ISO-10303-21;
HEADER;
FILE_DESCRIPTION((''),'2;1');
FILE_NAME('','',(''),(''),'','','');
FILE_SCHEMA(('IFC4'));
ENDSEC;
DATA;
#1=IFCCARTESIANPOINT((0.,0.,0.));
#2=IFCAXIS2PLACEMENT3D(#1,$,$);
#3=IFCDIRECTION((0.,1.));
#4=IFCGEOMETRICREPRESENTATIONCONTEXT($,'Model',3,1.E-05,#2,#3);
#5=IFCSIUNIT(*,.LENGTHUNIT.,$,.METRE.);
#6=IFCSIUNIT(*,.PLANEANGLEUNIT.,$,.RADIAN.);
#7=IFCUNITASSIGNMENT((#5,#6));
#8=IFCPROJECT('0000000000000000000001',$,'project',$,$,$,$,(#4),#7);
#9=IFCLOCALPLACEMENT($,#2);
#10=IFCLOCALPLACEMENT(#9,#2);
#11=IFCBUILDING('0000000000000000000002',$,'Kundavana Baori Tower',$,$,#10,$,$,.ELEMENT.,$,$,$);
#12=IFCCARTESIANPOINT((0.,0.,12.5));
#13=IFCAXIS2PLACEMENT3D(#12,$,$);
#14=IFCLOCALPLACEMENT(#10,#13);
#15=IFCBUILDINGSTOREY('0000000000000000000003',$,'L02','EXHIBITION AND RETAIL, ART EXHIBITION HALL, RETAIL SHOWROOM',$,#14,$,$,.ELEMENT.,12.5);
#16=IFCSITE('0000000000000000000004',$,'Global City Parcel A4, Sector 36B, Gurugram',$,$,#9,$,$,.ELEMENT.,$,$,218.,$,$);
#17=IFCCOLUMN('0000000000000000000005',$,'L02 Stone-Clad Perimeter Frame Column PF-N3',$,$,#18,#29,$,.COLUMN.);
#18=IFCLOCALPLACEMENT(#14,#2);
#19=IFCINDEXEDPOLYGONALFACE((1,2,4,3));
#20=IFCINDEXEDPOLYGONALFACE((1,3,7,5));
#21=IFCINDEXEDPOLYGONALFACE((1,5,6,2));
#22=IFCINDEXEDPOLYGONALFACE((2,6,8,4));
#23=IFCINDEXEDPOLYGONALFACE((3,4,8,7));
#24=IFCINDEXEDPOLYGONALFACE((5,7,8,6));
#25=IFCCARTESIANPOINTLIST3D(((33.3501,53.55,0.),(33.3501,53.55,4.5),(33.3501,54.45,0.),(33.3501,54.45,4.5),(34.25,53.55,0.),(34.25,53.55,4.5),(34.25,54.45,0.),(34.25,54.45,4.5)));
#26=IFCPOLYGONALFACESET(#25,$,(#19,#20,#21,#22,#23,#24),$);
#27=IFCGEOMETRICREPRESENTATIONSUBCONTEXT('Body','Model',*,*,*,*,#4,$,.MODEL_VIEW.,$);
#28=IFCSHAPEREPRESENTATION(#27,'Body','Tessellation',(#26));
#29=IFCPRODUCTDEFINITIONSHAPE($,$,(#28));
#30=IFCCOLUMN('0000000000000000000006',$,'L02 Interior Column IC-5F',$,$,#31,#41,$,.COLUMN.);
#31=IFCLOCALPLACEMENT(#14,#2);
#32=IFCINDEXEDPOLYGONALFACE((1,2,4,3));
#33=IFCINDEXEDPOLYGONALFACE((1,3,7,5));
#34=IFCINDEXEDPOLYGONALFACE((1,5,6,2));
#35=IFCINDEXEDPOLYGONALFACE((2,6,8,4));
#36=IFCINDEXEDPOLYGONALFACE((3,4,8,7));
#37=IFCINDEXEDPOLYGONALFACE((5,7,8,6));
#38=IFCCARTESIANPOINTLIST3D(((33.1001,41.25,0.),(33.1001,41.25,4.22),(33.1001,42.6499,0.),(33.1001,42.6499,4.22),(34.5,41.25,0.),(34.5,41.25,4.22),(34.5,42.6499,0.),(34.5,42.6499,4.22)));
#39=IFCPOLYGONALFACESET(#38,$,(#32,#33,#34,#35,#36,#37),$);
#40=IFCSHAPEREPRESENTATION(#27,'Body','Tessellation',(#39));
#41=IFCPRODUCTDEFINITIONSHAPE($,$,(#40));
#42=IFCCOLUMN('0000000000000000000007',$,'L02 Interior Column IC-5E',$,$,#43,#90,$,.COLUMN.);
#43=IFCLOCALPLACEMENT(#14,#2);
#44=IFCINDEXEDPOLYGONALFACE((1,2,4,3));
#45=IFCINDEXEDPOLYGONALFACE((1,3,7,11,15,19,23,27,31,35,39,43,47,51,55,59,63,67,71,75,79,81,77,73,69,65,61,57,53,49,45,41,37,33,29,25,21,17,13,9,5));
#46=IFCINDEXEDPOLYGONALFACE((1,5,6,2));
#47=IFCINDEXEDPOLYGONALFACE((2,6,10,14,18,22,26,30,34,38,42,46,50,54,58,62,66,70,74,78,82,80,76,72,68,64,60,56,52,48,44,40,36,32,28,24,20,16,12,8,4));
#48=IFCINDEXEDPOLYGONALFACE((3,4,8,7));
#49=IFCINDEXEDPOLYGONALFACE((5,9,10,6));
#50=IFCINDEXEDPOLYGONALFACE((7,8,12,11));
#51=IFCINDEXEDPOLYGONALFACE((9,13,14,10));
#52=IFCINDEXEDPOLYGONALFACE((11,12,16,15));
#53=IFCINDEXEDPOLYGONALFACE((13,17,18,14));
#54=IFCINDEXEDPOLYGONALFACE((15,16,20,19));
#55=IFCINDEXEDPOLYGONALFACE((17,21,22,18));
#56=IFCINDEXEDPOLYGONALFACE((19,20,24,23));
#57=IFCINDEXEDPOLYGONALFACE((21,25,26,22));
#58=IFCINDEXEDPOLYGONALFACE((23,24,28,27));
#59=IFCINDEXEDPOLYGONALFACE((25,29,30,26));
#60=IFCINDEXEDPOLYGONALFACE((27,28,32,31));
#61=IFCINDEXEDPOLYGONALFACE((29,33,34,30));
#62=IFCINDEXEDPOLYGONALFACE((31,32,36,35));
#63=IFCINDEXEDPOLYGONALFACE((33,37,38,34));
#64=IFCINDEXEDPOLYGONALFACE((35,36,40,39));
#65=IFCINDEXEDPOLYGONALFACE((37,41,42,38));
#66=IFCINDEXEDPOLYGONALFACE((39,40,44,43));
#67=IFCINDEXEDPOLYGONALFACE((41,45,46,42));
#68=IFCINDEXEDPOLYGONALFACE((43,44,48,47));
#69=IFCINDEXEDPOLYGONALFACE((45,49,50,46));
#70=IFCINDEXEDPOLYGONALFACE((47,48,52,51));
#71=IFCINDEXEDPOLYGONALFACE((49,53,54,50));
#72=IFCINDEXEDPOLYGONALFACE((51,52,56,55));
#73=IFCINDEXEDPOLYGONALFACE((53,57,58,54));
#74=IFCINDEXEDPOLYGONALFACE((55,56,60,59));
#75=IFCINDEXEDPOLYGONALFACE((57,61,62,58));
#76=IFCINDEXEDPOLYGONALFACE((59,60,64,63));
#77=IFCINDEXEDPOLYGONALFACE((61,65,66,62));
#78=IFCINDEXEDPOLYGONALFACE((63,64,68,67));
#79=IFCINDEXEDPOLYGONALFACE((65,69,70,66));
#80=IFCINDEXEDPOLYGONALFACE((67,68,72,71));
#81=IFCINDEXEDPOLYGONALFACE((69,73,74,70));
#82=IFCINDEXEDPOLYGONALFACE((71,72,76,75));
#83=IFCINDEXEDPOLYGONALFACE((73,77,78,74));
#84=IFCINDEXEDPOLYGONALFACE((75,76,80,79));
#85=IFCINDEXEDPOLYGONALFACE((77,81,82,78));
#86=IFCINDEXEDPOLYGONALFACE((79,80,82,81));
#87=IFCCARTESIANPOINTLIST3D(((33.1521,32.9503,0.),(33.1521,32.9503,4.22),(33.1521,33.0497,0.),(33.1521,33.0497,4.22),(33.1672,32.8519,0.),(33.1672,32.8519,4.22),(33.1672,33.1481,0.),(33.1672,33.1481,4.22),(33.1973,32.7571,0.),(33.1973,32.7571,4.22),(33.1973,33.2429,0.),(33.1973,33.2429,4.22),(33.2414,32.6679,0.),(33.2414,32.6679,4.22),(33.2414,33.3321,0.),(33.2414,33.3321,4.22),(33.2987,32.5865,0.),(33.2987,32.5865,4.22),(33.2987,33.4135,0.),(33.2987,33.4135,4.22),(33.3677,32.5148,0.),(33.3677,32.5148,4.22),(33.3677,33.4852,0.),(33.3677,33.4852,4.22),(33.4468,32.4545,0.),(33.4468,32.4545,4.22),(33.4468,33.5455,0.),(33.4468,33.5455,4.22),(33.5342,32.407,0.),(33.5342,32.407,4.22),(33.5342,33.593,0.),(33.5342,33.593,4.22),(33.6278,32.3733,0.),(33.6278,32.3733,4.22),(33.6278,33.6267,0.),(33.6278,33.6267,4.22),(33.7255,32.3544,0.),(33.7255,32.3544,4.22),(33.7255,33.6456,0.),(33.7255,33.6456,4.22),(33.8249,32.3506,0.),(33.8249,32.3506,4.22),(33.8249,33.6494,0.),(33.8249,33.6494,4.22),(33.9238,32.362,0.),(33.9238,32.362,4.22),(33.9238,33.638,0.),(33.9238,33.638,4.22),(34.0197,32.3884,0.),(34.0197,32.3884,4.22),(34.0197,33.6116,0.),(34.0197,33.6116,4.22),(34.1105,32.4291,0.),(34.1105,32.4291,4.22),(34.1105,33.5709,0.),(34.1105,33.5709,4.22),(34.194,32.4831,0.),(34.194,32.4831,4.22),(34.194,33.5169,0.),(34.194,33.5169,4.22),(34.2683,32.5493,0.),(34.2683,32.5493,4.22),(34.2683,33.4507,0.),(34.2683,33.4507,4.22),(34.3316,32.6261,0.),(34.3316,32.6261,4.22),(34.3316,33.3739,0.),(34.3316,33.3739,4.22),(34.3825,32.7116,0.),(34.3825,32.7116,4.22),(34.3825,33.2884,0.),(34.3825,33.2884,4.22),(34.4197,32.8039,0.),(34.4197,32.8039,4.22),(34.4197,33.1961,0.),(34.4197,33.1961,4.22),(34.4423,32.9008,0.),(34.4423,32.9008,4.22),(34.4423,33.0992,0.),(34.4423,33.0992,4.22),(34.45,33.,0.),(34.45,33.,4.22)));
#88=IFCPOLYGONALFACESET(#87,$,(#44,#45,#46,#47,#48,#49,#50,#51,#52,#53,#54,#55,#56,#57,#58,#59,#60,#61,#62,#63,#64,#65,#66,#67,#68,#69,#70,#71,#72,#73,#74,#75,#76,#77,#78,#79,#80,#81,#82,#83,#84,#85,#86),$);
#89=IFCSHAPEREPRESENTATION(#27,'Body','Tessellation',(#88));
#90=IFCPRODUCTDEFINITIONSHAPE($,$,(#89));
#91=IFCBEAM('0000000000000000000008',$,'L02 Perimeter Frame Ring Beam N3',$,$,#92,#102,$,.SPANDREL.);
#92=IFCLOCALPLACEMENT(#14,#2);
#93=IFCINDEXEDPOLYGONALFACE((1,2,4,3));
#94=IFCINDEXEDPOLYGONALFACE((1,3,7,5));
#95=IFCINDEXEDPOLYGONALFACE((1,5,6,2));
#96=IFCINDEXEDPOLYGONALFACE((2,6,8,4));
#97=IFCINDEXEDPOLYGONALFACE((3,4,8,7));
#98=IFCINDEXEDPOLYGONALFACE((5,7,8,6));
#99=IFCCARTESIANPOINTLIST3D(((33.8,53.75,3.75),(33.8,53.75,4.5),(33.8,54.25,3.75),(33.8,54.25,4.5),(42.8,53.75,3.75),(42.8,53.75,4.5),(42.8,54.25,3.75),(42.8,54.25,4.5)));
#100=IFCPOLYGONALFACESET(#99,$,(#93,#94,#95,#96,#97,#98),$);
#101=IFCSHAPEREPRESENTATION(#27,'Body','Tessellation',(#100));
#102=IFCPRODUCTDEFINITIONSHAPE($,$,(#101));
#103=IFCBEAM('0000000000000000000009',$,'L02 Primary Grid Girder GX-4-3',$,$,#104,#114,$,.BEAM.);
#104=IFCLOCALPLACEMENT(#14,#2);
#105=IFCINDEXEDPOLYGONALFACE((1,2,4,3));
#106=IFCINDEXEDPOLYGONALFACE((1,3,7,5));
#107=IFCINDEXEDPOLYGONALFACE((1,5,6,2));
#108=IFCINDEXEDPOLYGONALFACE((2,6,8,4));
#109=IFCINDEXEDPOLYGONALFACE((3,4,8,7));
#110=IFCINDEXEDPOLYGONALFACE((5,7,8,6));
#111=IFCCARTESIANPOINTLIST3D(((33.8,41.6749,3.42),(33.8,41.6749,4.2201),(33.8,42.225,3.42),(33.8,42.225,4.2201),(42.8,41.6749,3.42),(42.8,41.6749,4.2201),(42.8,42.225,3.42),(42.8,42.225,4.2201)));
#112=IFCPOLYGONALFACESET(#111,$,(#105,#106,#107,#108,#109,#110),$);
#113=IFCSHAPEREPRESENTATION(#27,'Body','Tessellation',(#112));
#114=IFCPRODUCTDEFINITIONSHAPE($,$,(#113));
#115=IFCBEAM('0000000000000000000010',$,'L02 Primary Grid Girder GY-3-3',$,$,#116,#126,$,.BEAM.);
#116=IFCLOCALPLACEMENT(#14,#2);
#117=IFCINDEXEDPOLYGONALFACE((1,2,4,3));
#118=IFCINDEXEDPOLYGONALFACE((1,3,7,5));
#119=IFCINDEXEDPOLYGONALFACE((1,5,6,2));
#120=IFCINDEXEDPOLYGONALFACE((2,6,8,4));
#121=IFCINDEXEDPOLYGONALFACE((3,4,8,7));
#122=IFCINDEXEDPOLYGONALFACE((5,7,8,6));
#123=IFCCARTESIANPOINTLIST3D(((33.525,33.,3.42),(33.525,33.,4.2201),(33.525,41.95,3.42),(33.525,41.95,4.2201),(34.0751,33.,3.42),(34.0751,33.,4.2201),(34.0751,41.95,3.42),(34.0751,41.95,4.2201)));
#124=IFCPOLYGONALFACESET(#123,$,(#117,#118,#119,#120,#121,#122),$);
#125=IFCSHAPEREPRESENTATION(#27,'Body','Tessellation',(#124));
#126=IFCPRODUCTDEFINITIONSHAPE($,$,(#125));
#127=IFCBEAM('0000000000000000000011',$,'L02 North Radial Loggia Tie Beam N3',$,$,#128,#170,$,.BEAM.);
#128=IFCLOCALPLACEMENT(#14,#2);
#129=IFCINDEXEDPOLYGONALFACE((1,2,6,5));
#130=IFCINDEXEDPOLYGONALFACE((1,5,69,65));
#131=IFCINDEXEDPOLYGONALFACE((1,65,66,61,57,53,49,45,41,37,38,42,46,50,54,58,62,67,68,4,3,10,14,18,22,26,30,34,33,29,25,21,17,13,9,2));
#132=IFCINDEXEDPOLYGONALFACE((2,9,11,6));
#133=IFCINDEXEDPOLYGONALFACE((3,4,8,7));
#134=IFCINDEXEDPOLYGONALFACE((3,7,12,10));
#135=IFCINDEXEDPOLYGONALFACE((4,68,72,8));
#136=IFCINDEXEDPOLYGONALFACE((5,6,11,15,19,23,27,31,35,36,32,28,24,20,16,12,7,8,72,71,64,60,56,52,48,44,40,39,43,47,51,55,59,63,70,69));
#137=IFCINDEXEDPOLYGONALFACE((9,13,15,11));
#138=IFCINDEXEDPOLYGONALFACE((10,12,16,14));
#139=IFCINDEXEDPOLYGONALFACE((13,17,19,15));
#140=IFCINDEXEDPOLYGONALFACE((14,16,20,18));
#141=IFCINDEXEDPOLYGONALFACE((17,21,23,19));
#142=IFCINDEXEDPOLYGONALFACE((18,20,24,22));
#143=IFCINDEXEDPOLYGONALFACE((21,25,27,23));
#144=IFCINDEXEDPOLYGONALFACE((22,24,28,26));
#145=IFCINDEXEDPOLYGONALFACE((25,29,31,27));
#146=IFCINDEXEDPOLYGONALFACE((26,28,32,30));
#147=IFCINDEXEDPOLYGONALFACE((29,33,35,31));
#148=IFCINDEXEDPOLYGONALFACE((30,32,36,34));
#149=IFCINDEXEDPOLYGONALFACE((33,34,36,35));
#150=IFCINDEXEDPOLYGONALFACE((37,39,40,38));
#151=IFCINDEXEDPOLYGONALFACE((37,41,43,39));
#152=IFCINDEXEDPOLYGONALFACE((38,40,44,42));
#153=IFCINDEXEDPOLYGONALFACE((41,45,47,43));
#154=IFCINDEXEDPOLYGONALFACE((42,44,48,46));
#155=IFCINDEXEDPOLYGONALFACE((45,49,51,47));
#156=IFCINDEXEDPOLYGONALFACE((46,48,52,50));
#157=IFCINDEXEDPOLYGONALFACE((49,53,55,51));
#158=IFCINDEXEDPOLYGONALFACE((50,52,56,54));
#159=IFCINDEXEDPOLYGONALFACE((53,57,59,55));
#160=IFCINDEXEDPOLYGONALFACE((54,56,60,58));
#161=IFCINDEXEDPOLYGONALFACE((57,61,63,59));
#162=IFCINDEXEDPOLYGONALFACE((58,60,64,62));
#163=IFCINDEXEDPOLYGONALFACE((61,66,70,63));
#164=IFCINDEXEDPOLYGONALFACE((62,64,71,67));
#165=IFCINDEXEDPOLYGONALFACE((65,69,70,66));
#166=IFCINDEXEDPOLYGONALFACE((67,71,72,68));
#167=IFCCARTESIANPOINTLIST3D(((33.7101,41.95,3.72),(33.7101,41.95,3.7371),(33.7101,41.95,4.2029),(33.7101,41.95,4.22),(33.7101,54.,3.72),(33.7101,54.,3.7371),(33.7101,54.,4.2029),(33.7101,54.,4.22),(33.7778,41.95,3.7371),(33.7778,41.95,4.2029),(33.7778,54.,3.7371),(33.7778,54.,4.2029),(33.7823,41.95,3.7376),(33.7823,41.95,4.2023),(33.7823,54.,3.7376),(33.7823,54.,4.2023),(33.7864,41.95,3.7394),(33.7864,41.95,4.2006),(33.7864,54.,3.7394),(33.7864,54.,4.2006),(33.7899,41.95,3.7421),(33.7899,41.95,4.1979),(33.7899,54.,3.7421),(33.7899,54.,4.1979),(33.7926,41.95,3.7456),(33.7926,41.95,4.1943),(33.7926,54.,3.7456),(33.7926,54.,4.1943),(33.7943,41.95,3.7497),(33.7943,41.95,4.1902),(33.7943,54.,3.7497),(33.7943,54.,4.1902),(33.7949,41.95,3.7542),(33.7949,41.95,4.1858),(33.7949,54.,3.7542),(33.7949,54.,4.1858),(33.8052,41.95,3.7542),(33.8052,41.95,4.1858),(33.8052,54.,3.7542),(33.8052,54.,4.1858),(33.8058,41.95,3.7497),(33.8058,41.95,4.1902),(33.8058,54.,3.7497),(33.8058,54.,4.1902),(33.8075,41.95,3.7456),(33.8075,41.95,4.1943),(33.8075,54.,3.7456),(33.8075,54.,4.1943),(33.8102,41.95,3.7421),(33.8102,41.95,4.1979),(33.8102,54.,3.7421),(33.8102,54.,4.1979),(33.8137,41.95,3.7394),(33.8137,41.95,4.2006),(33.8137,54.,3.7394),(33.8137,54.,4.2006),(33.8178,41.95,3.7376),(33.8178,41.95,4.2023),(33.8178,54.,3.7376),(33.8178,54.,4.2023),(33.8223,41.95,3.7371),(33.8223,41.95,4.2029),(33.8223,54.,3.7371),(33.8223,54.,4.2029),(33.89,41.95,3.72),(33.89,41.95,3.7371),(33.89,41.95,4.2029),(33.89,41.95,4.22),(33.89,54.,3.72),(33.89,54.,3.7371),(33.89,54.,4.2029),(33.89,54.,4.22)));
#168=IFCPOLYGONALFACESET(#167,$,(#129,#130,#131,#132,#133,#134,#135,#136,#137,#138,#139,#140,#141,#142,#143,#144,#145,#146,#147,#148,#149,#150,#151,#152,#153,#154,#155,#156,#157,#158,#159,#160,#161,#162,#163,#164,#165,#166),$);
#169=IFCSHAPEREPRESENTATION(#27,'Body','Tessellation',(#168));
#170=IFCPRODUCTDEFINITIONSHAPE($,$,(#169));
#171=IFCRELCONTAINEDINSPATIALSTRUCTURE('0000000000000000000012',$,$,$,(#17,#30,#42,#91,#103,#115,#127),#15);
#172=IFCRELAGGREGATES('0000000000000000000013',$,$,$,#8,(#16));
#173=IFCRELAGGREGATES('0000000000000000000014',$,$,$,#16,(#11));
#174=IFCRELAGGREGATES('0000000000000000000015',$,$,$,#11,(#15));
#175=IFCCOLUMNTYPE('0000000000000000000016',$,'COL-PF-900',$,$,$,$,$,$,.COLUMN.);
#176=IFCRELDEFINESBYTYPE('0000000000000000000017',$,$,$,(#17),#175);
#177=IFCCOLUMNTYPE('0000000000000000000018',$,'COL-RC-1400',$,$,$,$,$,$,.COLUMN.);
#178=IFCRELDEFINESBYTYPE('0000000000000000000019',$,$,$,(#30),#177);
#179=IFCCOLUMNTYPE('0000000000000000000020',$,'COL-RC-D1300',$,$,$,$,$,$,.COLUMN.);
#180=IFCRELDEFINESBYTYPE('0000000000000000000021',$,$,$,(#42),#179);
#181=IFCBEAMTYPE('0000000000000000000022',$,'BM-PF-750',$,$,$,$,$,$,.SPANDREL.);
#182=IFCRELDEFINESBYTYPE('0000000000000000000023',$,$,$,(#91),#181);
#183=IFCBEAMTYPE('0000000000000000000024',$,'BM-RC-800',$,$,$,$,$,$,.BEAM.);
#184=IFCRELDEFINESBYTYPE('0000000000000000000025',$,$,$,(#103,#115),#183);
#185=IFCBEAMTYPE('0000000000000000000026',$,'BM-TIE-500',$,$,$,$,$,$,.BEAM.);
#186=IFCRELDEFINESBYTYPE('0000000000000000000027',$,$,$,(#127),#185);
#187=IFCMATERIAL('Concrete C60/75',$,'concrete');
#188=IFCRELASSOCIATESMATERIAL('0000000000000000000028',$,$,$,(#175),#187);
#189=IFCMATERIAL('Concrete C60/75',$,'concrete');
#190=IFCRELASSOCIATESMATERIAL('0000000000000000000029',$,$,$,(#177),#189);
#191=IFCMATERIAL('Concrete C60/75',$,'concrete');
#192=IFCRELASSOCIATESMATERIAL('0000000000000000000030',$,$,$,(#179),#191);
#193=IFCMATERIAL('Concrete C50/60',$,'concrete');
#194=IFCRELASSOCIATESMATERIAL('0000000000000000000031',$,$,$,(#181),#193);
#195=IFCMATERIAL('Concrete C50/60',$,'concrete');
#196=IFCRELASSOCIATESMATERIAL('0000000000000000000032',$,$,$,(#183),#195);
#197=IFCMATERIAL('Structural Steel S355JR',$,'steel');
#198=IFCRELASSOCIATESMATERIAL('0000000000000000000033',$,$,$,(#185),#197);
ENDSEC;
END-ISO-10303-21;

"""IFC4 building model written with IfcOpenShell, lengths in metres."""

from ifc_helpers import new_model, si_unit, direction, frame, origin, origin_2d, place, context, subcontext, project, spatial, rectangle, circle, i_section, extrude, material, material_profile, profile_set, type_object, element, save


model = new_model("IFC4")

# Units and contexts
model_context = context("Model", 3, precision=1e-05, world=origin(), true_north=direction((0.0, 1.0)))
body_context = subcontext(model_context, "Body", "Model", "MODEL_VIEW")
ifc_project = project(units=[si_unit("LENGTHUNIT", "METRE"), si_unit("PLANEANGLEUNIT", "RADIAN")], contexts=[model_context])

# Site, building, storey
site_placement = place(None, origin())
site = spatial("IfcSite", under=ifc_project, at=site_placement, Name="Global City Parcel A4, Sector 36B, Gurugram", CompositionType="ELEMENT", RefElevation=218.0)
building_placement = place(site_placement, origin())
building = spatial("IfcBuilding", under=site, at=building_placement, Name="Kundavana Baori Tower", CompositionType="ELEMENT")
storey_placement = place(building_placement, frame((0.0, 0.0, 12.5)))
storey = spatial("IfcBuildingStorey", under=building, at=storey_placement, Name="L02", Description="EXHIBITION AND RETAIL, ART EXHIBITION HALL, RETAIL SHOWROOM", CompositionType="ELEMENT", Elevation=12.5)

# Columns
ifc_material_1 = material(Name="Concrete C60/75", Category="concrete")
ifc_material_profile_1 = material_profile(ifc_material_1, rectangle(XDim=0.8999, YDim=0.8999, at=origin_2d()), Name="RC PF 900x900")
ifc_profile_set_1 = profile_set([ifc_material_profile_1], Name="Concrete C60/75")
column_type_1 = type_object("IfcColumnType", Name="COL-PF-900", PredefinedType="COLUMN", material=ifc_profile_set_1)
column_1_placement = place(storey_placement, frame((33.8, 54.0, 0.0), z_axis=(0.0, 0.0, 1.0), x_axis=(1.0, 0.0, 0.0)))
element("IfcColumn", 1, at=column_1_placement, inside=storey, type_object=column_type_1, Name="L02 Stone-Clad Perimeter Frame Column PF-N3", PredefinedType="COLUMN", context=body_context, shape_type="SweptSolid", body=[
    extrude(rectangle(XDim=0.8999, YDim=0.8999, at=origin_2d()), origin(), (0.0, 0.0, 1.0), 4.5),
])
ifc_material_2 = material(Name="Concrete C60/75", Category="concrete")
ifc_material_profile_2 = material_profile(ifc_material_2, rectangle(XDim=1.3999, YDim=1.3999, at=origin_2d()), Name="RC 1400x1400")
ifc_profile_set_2 = profile_set([ifc_material_profile_2], Name="Concrete C60/75")
column_type_2 = type_object("IfcColumnType", Name="COL-RC-1400", PredefinedType="COLUMN", material=ifc_profile_set_2)
column_2_placement = place(storey_placement, frame((33.8, 41.95, 0.0), z_axis=(0.0, 0.0, 1.0), x_axis=(1.0, 0.0, 0.0)))
element("IfcColumn", 2, at=column_2_placement, inside=storey, type_object=column_type_2, Name="L02 Interior Column IC-5F", PredefinedType="COLUMN", context=body_context, shape_type="SweptSolid", body=[
    extrude(rectangle(XDim=1.3999, YDim=1.3999, at=origin_2d()), origin(), (0.0, 0.0, 1.0), 4.22),
])
ifc_material_3 = material(Name="Concrete C60/75", Category="concrete")
ifc_material_profile_3 = material_profile(ifc_material_3, circle(Radius=0.6499, at=origin_2d()), Name="RC D1300")
ifc_profile_set_3 = profile_set([ifc_material_profile_3], Name="Concrete C60/75")
column_type_3 = type_object("IfcColumnType", Name="COL-RC-D1300", PredefinedType="COLUMN", material=ifc_profile_set_3)
column_3_placement = place(storey_placement, frame((33.8, 33.0, 0.0), z_axis=(0.0, 0.0, 1.0), x_axis=(1.0, 0.0, 0.0)))
element("IfcColumn", 3, at=column_3_placement, inside=storey, type_object=column_type_3, Name="L02 Interior Column IC-5E", PredefinedType="COLUMN", context=body_context, shape_type="SweptSolid", body=[
    extrude(circle(Radius=0.6499, at=origin_2d()), origin(), (0.0, 0.0, 1.0), 4.22),
])

# Beams
ifc_material_4 = material(Name="Concrete C50/60", Category="concrete")
ifc_material_profile_4 = material_profile(ifc_material_4, rectangle(XDim=0.5, YDim=0.75, at=origin_2d()), Name="RC BM 500x750")
ifc_profile_set_4 = profile_set([ifc_material_profile_4], Name="Concrete C50/60")
beam_type_1 = type_object("IfcBeamType", Name="BM-PF-750", PredefinedType="SPANDREL", material=ifc_profile_set_4)
beam_1_placement = place(storey_placement, frame((33.8, 54.0, 4.125), z_axis=(1.0, 0.0, 0.0), x_axis=(0.0, 1.0, 0.0)))
element("IfcBeam", 4, at=beam_1_placement, inside=storey, type_object=beam_type_1, Name="L02 Perimeter Frame Ring Beam N3", PredefinedType="SPANDREL", context=body_context, shape_type="SweptSolid", body=[
    extrude(rectangle(XDim=0.5, YDim=0.75, at=origin_2d()), origin(), (0.0, 0.0, 1.0), 9.0),
])
ifc_material_5 = material(Name="Concrete C50/60", Category="concrete")
ifc_material_profile_5 = material_profile(ifc_material_5, rectangle(XDim=0.55, YDim=0.8, at=origin_2d()), Name="RC BM 550x800")
ifc_profile_set_5 = profile_set([ifc_material_profile_5], Name="Concrete C50/60")
beam_type_2 = type_object("IfcBeamType", Name="BM-RC-800", PredefinedType="BEAM", material=ifc_profile_set_5)
beam_2_placement = place(storey_placement, frame((33.8, 41.95, 3.8201), z_axis=(1.0, 0.0, 0.0), x_axis=(0.0, 1.0, 0.0)))
element("IfcBeam", 5, at=beam_2_placement, inside=storey, type_object=beam_type_2, Name="L02 Primary Grid Girder GX-4-3", PredefinedType="BEAM", context=body_context, shape_type="SweptSolid", body=[
    extrude(rectangle(XDim=0.55, YDim=0.8, at=origin_2d()), origin(), (0.0, 0.0, 1.0), 9.0),
])
beam_3_placement = place(storey_placement, frame((33.8, 33.0, 3.8201), z_axis=(0.0, 1.0, 0.0), x_axis=(-1.0, 0.0, 0.0)))
element("IfcBeam", 6, at=beam_3_placement, inside=storey, type_object=beam_type_2, Name="L02 Primary Grid Girder GY-3-3", PredefinedType="BEAM", context=body_context, shape_type="SweptSolid", body=[
    extrude(rectangle(XDim=0.55, YDim=0.8, at=origin_2d()), origin(), (0.0, 0.0, 1.0), 8.95),
])
ifc_material_6 = material(Name="Structural Steel S355JR", Category="steel")
ifc_material_profile_6 = material_profile(ifc_material_6, i_section(OverallWidth=0.1799, OverallDepth=0.5, WebThickness=0.0103, FlangeThickness=0.0171, FilletRadius=0.0171, at=origin_2d()), Name="ISMB 500")
ifc_profile_set_6 = profile_set([ifc_material_profile_6], Name="Structural Steel S355JR")
beam_type_3 = type_object("IfcBeamType", Name="BM-TIE-500", PredefinedType="BEAM", material=ifc_profile_set_6)
beam_4_placement = place(storey_placement, frame((33.8, 41.95, 3.97), z_axis=(0.0, 1.0, 0.0), x_axis=(-1.0, 0.0, 0.0)))
element("IfcBeam", 7, at=beam_4_placement, inside=storey, type_object=beam_type_3, Name="L02 North Radial Loggia Tie Beam N3", PredefinedType="BEAM", context=body_context, shape_type="SweptSolid", body=[
    extrude(i_section(OverallWidth=0.1799, OverallDepth=0.5, WebThickness=0.0103, FlangeThickness=0.0171, FilletRadius=0.0171, at=origin_2d()), origin(), (0.0, 0.0, 1.0), 12.05),
])

save(model, "model.ifc")
